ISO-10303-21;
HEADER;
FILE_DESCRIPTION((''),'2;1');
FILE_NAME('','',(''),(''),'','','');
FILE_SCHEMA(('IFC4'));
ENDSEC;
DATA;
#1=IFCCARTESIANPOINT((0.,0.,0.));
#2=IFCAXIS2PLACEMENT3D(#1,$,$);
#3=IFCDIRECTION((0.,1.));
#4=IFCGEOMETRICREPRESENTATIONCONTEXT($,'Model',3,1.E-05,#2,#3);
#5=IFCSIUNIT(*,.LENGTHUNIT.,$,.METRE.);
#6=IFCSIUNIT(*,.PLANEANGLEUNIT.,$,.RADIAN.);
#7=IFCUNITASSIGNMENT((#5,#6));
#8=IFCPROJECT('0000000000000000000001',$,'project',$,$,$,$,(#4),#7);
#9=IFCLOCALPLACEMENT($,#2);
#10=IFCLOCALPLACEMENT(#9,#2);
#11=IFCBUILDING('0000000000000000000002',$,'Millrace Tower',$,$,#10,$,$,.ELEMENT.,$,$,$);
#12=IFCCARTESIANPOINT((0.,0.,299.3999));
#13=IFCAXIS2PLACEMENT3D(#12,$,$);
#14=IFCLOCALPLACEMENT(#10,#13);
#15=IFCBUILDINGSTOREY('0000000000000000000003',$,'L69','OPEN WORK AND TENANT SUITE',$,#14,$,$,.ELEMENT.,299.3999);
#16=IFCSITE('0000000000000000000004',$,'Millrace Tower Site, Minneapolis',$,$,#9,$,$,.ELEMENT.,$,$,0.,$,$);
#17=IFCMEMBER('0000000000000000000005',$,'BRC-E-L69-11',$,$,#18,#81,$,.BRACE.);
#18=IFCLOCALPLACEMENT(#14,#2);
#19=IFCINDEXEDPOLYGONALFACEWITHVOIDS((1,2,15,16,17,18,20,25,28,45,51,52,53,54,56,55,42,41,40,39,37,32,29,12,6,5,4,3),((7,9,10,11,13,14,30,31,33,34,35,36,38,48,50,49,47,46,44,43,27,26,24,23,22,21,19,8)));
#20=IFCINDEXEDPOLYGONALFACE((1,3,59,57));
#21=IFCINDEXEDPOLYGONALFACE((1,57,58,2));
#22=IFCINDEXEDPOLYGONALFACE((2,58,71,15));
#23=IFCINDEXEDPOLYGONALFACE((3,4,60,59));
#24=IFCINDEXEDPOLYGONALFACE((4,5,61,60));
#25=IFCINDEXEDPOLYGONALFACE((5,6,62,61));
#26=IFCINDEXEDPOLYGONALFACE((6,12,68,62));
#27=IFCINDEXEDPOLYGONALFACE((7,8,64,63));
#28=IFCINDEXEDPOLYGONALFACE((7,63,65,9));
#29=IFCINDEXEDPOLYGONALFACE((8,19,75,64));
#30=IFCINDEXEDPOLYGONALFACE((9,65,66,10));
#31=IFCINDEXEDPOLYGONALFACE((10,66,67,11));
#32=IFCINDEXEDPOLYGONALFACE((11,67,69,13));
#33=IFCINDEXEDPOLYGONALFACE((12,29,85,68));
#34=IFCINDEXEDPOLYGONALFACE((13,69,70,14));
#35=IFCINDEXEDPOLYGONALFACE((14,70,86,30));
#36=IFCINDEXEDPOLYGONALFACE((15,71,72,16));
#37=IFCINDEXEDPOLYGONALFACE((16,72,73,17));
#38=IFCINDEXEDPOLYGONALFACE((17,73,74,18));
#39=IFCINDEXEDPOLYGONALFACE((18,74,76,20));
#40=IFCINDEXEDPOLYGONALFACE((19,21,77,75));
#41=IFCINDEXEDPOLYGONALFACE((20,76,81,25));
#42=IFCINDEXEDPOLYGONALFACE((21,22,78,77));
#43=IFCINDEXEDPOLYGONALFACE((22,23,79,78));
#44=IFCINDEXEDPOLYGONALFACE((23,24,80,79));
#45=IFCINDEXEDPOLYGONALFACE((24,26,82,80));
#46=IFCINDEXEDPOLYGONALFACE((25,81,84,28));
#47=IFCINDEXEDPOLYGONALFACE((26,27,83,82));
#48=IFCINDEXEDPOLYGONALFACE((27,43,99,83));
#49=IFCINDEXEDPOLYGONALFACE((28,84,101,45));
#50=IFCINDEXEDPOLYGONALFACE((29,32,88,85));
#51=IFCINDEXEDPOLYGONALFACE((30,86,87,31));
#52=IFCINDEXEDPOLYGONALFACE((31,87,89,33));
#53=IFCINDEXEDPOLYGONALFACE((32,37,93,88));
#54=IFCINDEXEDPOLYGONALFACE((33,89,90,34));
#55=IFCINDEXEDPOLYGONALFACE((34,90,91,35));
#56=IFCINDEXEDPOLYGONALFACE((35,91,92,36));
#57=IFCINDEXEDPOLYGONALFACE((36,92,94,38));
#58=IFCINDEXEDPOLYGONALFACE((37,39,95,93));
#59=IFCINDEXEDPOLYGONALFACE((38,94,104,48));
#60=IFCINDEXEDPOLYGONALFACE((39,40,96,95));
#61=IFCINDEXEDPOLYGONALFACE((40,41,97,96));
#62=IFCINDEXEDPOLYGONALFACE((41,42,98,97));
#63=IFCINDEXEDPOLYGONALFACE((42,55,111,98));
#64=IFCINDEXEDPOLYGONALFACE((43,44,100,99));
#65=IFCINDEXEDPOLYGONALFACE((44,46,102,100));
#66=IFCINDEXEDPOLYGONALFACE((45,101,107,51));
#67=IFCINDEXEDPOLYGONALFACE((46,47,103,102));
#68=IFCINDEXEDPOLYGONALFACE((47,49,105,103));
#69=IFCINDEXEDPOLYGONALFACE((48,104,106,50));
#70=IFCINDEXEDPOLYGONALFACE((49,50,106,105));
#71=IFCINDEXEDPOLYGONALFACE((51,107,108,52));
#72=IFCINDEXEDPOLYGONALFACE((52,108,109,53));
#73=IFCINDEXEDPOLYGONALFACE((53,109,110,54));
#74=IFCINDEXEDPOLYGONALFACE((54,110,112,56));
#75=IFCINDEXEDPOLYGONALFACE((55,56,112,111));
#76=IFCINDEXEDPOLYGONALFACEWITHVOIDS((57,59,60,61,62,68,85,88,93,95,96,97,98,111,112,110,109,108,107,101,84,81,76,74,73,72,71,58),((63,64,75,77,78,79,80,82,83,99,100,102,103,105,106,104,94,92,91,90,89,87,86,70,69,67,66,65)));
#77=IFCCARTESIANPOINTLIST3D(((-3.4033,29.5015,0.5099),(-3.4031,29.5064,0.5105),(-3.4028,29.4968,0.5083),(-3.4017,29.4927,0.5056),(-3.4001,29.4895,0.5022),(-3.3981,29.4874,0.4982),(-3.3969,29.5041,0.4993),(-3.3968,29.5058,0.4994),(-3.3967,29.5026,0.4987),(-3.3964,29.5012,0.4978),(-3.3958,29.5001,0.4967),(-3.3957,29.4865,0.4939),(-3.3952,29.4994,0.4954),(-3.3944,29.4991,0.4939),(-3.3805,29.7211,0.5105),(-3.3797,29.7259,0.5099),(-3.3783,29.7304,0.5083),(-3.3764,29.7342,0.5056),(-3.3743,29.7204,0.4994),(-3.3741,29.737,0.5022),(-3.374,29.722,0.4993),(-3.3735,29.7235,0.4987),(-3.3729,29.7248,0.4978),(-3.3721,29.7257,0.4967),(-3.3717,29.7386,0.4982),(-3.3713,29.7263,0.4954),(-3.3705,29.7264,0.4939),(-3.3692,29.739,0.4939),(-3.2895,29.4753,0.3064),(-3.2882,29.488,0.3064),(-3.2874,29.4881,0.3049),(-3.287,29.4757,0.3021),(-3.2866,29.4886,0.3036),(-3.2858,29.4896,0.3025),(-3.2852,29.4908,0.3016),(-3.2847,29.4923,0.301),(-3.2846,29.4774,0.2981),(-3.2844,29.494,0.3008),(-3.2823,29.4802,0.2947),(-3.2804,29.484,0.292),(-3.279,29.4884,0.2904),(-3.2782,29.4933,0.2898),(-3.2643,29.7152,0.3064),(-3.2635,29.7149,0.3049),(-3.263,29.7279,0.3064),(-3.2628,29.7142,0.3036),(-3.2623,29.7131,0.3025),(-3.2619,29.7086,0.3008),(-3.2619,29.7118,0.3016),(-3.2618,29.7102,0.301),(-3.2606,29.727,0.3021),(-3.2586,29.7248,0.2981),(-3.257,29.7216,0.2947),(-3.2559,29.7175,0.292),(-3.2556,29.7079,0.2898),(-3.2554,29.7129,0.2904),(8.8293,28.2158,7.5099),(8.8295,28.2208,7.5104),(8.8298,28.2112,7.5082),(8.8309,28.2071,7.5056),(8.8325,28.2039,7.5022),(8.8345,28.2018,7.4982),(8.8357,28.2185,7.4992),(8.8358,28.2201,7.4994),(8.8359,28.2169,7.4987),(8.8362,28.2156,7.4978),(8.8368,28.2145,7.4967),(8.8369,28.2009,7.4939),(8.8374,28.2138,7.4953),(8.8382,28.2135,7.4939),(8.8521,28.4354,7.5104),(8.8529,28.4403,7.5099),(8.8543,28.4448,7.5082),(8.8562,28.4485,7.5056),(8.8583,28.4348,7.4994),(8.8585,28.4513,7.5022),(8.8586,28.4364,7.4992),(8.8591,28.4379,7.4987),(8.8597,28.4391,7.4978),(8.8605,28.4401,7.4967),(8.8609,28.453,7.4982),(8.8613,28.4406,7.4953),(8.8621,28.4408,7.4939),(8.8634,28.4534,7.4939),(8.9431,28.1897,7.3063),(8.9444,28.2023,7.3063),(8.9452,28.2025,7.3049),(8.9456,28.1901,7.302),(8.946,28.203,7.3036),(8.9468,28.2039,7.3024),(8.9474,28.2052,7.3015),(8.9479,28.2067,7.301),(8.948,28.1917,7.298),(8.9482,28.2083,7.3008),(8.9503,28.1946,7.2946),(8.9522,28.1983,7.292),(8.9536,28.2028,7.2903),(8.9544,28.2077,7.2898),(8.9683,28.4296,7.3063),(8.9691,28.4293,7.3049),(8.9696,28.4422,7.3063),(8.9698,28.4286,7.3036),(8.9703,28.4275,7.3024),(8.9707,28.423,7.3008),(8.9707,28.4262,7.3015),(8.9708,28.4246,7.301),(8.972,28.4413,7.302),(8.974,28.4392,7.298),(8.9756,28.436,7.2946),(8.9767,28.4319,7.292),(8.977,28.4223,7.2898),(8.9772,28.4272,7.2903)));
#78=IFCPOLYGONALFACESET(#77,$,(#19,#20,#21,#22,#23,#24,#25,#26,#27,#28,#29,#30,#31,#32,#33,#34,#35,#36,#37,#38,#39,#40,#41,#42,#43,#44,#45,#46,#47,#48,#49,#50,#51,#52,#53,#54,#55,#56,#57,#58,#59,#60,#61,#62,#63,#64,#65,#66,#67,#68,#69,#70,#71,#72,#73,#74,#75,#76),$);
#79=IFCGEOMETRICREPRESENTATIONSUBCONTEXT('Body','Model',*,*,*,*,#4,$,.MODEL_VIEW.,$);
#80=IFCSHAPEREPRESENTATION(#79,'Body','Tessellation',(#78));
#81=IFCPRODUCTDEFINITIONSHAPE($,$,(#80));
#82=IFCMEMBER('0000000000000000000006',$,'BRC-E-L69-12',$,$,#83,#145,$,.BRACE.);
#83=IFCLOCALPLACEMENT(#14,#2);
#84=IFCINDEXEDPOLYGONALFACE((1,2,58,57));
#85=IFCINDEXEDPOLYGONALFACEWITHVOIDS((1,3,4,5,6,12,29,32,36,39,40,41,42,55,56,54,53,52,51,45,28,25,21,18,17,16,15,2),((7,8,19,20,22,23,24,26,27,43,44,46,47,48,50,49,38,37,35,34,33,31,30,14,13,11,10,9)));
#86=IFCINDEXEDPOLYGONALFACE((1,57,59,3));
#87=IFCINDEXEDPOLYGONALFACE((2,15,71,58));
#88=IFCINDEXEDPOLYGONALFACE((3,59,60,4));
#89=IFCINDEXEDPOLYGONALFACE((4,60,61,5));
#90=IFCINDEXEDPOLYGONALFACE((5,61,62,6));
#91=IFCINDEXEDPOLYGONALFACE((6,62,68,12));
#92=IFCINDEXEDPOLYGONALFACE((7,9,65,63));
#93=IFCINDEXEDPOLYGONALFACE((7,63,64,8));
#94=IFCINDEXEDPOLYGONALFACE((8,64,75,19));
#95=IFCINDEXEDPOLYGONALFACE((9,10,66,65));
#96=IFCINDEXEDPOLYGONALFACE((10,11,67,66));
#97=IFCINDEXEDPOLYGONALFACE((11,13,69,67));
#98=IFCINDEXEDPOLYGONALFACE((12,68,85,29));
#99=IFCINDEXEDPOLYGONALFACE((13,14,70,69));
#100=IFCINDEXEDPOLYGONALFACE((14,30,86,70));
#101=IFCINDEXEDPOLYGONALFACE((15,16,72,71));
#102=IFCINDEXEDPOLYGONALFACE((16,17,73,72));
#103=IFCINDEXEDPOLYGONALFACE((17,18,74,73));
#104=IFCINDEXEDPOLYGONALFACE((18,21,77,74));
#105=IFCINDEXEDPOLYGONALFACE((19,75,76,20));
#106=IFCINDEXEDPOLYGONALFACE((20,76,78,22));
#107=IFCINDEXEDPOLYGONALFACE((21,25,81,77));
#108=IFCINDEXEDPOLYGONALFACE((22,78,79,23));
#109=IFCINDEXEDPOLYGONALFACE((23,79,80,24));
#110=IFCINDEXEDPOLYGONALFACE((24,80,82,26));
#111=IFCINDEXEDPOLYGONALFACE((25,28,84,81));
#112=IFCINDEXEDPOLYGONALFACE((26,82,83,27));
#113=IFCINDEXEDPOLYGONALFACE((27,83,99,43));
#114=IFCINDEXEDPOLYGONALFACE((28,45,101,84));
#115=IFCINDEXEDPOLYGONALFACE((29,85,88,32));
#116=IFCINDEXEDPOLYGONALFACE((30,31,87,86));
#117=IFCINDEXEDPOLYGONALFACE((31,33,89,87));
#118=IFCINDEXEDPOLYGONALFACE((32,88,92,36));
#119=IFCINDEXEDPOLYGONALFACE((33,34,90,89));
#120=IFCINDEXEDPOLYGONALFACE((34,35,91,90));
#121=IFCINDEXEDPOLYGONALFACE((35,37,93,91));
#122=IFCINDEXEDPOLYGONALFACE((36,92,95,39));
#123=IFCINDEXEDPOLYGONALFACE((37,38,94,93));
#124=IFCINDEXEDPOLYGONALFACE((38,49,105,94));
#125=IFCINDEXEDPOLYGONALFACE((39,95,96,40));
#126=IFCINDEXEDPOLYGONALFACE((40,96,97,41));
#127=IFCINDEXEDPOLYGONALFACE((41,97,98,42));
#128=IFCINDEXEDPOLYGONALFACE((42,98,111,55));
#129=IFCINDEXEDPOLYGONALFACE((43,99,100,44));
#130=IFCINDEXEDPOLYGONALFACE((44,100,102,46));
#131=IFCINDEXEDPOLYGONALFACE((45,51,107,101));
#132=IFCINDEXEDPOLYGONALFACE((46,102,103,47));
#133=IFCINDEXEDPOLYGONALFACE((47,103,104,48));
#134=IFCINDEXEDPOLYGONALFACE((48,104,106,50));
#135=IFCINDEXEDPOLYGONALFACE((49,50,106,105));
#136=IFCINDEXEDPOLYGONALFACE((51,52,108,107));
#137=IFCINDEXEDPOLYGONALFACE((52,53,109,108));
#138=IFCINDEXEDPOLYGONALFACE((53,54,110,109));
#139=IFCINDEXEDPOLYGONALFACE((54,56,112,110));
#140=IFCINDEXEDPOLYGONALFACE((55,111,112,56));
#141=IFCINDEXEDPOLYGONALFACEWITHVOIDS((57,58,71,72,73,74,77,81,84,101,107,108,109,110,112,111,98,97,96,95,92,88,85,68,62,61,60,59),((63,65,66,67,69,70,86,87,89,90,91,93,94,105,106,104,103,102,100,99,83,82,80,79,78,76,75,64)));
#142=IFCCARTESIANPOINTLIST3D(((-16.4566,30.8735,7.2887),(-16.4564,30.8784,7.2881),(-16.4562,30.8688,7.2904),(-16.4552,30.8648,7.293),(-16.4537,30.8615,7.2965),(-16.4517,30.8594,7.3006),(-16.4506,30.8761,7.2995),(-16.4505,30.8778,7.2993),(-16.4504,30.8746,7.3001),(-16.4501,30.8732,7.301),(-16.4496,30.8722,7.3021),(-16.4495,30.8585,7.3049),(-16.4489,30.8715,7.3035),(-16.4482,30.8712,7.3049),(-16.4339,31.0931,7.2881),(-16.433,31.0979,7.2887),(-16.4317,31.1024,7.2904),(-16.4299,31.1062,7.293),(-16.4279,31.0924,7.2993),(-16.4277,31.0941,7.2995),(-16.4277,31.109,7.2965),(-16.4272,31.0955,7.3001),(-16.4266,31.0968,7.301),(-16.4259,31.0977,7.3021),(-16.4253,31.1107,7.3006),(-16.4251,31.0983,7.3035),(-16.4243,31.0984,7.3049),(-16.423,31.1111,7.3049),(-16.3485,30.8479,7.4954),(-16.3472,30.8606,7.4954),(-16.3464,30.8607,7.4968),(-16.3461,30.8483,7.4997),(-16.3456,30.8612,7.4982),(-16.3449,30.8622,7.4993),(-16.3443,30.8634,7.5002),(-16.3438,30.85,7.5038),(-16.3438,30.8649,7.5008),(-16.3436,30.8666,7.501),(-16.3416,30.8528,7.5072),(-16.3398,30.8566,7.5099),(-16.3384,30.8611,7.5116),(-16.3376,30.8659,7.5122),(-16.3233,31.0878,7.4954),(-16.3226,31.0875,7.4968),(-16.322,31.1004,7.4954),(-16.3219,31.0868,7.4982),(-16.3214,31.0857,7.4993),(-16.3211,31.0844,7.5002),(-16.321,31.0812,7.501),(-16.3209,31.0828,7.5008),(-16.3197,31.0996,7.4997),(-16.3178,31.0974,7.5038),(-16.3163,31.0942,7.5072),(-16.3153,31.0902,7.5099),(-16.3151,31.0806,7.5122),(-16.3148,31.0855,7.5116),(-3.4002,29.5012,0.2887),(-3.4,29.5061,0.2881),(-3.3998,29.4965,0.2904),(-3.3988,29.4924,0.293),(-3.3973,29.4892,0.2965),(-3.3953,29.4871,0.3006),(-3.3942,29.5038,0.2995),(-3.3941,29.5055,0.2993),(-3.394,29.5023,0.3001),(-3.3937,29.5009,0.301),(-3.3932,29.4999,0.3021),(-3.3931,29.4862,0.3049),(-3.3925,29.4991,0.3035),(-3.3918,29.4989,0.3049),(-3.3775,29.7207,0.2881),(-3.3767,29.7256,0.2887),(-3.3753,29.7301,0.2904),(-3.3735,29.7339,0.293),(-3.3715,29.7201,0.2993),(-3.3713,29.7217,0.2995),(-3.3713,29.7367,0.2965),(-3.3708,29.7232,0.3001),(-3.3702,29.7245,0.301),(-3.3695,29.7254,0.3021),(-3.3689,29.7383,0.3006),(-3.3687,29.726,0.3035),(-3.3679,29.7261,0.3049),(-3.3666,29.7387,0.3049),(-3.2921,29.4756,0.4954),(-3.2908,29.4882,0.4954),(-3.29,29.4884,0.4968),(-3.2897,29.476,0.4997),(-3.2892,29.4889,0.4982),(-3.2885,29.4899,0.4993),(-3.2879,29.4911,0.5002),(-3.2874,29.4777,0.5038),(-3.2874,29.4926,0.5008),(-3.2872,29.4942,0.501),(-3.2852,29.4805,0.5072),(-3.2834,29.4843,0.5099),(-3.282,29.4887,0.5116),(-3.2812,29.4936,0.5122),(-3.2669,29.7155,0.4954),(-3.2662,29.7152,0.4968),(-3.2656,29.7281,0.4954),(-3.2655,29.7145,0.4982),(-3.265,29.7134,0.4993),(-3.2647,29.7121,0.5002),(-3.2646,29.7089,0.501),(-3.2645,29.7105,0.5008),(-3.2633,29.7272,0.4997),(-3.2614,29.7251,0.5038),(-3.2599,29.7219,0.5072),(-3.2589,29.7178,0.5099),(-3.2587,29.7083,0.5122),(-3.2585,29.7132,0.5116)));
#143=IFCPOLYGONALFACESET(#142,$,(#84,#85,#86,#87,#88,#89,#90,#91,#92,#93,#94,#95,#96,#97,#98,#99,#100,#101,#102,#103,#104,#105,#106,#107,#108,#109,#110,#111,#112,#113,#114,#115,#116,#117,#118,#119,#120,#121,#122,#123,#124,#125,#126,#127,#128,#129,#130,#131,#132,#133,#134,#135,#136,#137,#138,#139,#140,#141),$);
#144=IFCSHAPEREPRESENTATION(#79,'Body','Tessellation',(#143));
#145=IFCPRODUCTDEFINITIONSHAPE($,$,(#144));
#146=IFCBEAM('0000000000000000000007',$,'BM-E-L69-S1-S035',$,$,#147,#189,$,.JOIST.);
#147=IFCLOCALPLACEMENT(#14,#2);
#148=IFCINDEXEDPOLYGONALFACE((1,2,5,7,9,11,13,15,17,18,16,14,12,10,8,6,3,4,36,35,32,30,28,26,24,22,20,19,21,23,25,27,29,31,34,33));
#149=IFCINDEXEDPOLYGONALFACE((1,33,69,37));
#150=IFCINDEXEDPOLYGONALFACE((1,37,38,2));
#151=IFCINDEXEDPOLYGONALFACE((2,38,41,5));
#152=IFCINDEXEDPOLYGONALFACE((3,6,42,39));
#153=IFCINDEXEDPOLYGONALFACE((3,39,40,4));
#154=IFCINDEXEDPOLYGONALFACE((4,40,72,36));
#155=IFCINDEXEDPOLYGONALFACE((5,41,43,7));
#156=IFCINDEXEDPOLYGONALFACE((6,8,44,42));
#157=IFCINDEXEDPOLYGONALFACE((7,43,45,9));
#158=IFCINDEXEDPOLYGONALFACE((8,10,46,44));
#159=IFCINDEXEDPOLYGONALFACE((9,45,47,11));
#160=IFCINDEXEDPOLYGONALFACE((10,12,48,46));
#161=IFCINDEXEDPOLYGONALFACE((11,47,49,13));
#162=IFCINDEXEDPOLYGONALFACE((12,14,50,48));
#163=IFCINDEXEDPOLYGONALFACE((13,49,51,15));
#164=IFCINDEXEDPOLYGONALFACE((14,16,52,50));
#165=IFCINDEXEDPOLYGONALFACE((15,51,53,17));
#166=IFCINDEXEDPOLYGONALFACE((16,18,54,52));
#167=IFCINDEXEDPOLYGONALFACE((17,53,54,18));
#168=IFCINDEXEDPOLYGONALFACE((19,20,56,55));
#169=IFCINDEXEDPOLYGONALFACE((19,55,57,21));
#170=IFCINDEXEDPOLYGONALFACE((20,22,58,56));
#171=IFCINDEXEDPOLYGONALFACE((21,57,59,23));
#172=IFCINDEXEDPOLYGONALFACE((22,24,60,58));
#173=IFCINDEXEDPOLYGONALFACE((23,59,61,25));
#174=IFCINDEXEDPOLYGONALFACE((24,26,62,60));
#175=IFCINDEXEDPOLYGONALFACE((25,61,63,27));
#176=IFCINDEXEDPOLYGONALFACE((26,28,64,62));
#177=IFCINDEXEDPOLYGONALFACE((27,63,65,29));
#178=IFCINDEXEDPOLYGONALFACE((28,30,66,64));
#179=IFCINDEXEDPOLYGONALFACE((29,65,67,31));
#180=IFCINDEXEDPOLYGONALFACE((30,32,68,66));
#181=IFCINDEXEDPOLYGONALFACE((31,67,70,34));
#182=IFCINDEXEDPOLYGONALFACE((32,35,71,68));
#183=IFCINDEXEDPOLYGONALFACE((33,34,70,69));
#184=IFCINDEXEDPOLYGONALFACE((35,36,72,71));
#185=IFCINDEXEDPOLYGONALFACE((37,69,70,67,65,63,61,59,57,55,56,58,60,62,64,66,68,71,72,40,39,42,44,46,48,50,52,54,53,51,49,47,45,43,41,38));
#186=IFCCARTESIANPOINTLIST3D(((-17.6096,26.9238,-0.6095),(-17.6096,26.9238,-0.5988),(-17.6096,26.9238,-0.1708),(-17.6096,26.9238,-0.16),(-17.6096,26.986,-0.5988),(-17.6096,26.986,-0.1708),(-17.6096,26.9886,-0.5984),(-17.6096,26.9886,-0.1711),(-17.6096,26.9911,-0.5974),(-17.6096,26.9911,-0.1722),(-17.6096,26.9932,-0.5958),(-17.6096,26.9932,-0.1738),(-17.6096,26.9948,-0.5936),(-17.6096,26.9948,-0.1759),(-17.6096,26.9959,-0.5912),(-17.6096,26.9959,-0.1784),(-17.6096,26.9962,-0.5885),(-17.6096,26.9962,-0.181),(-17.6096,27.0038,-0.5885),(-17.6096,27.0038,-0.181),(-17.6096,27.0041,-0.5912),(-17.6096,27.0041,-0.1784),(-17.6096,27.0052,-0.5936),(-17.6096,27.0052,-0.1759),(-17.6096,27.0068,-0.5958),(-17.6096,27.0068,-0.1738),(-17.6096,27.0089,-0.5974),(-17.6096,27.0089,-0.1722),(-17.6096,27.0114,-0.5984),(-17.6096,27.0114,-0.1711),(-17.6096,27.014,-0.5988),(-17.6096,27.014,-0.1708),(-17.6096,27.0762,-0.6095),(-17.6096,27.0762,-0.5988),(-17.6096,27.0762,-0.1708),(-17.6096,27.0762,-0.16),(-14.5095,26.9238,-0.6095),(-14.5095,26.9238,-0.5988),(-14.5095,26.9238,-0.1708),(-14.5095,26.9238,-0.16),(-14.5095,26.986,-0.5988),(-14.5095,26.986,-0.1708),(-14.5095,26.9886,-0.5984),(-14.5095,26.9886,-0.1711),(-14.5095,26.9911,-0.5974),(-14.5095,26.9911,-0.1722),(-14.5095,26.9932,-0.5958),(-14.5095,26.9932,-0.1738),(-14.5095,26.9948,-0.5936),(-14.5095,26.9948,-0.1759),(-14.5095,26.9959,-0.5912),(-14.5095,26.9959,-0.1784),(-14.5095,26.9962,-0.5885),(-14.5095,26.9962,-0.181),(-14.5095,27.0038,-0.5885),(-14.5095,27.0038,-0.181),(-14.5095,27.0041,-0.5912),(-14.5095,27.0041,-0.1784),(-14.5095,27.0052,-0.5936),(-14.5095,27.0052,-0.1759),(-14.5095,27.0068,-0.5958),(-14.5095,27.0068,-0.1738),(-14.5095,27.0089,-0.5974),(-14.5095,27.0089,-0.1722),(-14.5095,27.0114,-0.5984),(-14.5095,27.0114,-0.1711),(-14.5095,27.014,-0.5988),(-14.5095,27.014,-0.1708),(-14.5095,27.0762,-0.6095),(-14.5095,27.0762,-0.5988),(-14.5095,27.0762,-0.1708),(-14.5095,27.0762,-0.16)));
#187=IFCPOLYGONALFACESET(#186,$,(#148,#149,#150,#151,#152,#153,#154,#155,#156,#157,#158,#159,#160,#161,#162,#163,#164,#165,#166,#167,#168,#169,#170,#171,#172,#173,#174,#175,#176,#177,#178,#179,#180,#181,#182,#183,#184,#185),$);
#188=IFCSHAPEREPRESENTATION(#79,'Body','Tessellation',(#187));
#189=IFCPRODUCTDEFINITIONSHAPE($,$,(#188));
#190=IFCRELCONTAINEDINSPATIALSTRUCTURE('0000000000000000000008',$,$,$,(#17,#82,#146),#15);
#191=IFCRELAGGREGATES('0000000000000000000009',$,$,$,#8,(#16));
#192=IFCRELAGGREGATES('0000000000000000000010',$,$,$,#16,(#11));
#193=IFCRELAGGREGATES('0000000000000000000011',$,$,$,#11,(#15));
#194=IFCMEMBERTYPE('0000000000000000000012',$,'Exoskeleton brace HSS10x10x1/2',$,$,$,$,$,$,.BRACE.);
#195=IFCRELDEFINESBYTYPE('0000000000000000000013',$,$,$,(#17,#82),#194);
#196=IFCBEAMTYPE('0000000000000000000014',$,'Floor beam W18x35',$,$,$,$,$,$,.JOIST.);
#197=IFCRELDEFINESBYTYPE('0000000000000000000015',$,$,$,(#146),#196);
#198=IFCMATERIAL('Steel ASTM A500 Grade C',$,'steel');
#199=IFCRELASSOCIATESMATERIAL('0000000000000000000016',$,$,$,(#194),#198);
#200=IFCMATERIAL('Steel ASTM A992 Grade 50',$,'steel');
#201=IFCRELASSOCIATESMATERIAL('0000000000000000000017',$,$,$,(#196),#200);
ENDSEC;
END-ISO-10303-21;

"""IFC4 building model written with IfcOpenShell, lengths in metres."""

from ifc_helpers import new_model, si_unit, direction, frame, origin, origin_2d, place, context, subcontext, project, spatial, hollow_rectangle, i_section, extrude, material, material_profile, profile_set, type_object, element, save


model = new_model("IFC4")

# Units and contexts
model_context = context("Model", 3, precision=1e-05, world=origin(), true_north=direction((0.0, 1.0)))
body_context = subcontext(model_context, "Body", "Model", "MODEL_VIEW")
ifc_project = project(units=[si_unit("LENGTHUNIT", "METRE"), si_unit("PLANEANGLEUNIT", "RADIAN")], contexts=[model_context])

# Site, building, storey
site_placement = place(None, origin())
site = spatial("IfcSite", under=ifc_project, at=site_placement, Name="Millrace Tower Site, Minneapolis", CompositionType="ELEMENT", RefElevation=0.0)
building_placement = place(site_placement, origin())
building = spatial("IfcBuilding", under=site, at=building_placement, Name="Millrace Tower", CompositionType="ELEMENT")
storey_placement = place(building_placement, frame((0.0, 0.0, 299.3999)))
storey = spatial("IfcBuildingStorey", under=building, at=storey_placement, Name="L69", Description="OPEN WORK AND TENANT SUITE", CompositionType="ELEMENT", Elevation=299.3999)

# Members
ifc_material_1 = material(Name="Steel ASTM A500 Grade C", Category="steel")
ifc_material_profile_1 = material_profile(ifc_material_1, hollow_rectangle(XDim=0.2539, YDim=0.2539, WallThickness=0.0127, InnerFilletRadius=0.0063, OuterFilletRadius=0.019, at=origin_2d()))
ifc_profile_set_1 = profile_set([ifc_material_profile_1], Name="Steel ASTM A500 Grade C")
member_type_1 = type_object("IfcMemberType", Name="Exoskeleton brace HSS10x10x1/2", PredefinedType="BRACE", material=ifc_profile_set_1)
member_1_placement = place(storey_placement, frame((-3.3293, 29.6072, 0.4001), z_axis=(0.864352, -0.090843, 0.494615), x_axis=(0.104524, 0.994522, 0.0)))
element("IfcMember", 1, at=member_1_placement, inside=storey, type_object=member_type_1, Name="BRC-E-L69-11", PredefinedType="BRACE", context=body_context, shape_type="SweptSolid", body=[
    extrude(hollow_rectangle(XDim=0.2539, YDim=0.2539, WallThickness=0.0127, InnerFilletRadius=0.0063, OuterFilletRadius=0.019, at=origin_2d()), origin(), (0.0, 0.0, 1.0), 14.1523),
])
member_2_placement = place(storey_placement, frame((-3.3293, 29.6072, 0.4001), z_axis=(-0.877568, 0.092238, 0.470496), x_axis=(-0.104531, -0.994522, 0.0)))
element("IfcMember", 2, at=member_2_placement, inside=storey, type_object=member_type_1, Name="BRC-E-L69-12", PredefinedType="BRACE", context=body_context, shape_type="SweptSolid", body=[
    extrude(hollow_rectangle(XDim=0.2539, YDim=0.2539, WallThickness=0.0127, InnerFilletRadius=0.0063, OuterFilletRadius=0.019, at=origin_2d()), origin(), (0.0, 0.0, 1.0), 14.8779),
])

# Beam
ifc_material_2 = material(Name="Steel ASTM A992 Grade 50", Category="steel")
ifc_material_profile_2 = material_profile(ifc_material_2, i_section(OverallWidth=0.1523, OverallDepth=0.4495, WebThickness=0.0076, FlangeThickness=0.0107, FilletRadius=0.0103, at=origin_2d()))
ifc_profile_set_2 = profile_set([ifc_material_profile_2], Name="Steel ASTM A992 Grade 50")
beam_type_1 = type_object("IfcBeamType", Name="Floor beam W18x35", PredefinedType="JOIST", material=ifc_profile_set_2)
beam_1_placement = place(storey_placement, frame((-17.6096, 27.0, -0.3848), z_axis=(1.0, 0.0, 0.0), x_axis=(0.0, 1.0, 0.0)))
element("IfcBeam", 3, at=beam_1_placement, inside=storey, type_object=beam_type_1, Name="BM-E-L69-S1-S035", PredefinedType="JOIST", context=body_context, shape_type="SweptSolid", body=[
    extrude(i_section(OverallWidth=0.1523, OverallDepth=0.4495, WebThickness=0.0076, FlangeThickness=0.0107, FilletRadius=0.0103, at=origin_2d()), origin(), (0.0, 0.0, 1.0), 3.1001),
])

save(model, "model.ifc")
